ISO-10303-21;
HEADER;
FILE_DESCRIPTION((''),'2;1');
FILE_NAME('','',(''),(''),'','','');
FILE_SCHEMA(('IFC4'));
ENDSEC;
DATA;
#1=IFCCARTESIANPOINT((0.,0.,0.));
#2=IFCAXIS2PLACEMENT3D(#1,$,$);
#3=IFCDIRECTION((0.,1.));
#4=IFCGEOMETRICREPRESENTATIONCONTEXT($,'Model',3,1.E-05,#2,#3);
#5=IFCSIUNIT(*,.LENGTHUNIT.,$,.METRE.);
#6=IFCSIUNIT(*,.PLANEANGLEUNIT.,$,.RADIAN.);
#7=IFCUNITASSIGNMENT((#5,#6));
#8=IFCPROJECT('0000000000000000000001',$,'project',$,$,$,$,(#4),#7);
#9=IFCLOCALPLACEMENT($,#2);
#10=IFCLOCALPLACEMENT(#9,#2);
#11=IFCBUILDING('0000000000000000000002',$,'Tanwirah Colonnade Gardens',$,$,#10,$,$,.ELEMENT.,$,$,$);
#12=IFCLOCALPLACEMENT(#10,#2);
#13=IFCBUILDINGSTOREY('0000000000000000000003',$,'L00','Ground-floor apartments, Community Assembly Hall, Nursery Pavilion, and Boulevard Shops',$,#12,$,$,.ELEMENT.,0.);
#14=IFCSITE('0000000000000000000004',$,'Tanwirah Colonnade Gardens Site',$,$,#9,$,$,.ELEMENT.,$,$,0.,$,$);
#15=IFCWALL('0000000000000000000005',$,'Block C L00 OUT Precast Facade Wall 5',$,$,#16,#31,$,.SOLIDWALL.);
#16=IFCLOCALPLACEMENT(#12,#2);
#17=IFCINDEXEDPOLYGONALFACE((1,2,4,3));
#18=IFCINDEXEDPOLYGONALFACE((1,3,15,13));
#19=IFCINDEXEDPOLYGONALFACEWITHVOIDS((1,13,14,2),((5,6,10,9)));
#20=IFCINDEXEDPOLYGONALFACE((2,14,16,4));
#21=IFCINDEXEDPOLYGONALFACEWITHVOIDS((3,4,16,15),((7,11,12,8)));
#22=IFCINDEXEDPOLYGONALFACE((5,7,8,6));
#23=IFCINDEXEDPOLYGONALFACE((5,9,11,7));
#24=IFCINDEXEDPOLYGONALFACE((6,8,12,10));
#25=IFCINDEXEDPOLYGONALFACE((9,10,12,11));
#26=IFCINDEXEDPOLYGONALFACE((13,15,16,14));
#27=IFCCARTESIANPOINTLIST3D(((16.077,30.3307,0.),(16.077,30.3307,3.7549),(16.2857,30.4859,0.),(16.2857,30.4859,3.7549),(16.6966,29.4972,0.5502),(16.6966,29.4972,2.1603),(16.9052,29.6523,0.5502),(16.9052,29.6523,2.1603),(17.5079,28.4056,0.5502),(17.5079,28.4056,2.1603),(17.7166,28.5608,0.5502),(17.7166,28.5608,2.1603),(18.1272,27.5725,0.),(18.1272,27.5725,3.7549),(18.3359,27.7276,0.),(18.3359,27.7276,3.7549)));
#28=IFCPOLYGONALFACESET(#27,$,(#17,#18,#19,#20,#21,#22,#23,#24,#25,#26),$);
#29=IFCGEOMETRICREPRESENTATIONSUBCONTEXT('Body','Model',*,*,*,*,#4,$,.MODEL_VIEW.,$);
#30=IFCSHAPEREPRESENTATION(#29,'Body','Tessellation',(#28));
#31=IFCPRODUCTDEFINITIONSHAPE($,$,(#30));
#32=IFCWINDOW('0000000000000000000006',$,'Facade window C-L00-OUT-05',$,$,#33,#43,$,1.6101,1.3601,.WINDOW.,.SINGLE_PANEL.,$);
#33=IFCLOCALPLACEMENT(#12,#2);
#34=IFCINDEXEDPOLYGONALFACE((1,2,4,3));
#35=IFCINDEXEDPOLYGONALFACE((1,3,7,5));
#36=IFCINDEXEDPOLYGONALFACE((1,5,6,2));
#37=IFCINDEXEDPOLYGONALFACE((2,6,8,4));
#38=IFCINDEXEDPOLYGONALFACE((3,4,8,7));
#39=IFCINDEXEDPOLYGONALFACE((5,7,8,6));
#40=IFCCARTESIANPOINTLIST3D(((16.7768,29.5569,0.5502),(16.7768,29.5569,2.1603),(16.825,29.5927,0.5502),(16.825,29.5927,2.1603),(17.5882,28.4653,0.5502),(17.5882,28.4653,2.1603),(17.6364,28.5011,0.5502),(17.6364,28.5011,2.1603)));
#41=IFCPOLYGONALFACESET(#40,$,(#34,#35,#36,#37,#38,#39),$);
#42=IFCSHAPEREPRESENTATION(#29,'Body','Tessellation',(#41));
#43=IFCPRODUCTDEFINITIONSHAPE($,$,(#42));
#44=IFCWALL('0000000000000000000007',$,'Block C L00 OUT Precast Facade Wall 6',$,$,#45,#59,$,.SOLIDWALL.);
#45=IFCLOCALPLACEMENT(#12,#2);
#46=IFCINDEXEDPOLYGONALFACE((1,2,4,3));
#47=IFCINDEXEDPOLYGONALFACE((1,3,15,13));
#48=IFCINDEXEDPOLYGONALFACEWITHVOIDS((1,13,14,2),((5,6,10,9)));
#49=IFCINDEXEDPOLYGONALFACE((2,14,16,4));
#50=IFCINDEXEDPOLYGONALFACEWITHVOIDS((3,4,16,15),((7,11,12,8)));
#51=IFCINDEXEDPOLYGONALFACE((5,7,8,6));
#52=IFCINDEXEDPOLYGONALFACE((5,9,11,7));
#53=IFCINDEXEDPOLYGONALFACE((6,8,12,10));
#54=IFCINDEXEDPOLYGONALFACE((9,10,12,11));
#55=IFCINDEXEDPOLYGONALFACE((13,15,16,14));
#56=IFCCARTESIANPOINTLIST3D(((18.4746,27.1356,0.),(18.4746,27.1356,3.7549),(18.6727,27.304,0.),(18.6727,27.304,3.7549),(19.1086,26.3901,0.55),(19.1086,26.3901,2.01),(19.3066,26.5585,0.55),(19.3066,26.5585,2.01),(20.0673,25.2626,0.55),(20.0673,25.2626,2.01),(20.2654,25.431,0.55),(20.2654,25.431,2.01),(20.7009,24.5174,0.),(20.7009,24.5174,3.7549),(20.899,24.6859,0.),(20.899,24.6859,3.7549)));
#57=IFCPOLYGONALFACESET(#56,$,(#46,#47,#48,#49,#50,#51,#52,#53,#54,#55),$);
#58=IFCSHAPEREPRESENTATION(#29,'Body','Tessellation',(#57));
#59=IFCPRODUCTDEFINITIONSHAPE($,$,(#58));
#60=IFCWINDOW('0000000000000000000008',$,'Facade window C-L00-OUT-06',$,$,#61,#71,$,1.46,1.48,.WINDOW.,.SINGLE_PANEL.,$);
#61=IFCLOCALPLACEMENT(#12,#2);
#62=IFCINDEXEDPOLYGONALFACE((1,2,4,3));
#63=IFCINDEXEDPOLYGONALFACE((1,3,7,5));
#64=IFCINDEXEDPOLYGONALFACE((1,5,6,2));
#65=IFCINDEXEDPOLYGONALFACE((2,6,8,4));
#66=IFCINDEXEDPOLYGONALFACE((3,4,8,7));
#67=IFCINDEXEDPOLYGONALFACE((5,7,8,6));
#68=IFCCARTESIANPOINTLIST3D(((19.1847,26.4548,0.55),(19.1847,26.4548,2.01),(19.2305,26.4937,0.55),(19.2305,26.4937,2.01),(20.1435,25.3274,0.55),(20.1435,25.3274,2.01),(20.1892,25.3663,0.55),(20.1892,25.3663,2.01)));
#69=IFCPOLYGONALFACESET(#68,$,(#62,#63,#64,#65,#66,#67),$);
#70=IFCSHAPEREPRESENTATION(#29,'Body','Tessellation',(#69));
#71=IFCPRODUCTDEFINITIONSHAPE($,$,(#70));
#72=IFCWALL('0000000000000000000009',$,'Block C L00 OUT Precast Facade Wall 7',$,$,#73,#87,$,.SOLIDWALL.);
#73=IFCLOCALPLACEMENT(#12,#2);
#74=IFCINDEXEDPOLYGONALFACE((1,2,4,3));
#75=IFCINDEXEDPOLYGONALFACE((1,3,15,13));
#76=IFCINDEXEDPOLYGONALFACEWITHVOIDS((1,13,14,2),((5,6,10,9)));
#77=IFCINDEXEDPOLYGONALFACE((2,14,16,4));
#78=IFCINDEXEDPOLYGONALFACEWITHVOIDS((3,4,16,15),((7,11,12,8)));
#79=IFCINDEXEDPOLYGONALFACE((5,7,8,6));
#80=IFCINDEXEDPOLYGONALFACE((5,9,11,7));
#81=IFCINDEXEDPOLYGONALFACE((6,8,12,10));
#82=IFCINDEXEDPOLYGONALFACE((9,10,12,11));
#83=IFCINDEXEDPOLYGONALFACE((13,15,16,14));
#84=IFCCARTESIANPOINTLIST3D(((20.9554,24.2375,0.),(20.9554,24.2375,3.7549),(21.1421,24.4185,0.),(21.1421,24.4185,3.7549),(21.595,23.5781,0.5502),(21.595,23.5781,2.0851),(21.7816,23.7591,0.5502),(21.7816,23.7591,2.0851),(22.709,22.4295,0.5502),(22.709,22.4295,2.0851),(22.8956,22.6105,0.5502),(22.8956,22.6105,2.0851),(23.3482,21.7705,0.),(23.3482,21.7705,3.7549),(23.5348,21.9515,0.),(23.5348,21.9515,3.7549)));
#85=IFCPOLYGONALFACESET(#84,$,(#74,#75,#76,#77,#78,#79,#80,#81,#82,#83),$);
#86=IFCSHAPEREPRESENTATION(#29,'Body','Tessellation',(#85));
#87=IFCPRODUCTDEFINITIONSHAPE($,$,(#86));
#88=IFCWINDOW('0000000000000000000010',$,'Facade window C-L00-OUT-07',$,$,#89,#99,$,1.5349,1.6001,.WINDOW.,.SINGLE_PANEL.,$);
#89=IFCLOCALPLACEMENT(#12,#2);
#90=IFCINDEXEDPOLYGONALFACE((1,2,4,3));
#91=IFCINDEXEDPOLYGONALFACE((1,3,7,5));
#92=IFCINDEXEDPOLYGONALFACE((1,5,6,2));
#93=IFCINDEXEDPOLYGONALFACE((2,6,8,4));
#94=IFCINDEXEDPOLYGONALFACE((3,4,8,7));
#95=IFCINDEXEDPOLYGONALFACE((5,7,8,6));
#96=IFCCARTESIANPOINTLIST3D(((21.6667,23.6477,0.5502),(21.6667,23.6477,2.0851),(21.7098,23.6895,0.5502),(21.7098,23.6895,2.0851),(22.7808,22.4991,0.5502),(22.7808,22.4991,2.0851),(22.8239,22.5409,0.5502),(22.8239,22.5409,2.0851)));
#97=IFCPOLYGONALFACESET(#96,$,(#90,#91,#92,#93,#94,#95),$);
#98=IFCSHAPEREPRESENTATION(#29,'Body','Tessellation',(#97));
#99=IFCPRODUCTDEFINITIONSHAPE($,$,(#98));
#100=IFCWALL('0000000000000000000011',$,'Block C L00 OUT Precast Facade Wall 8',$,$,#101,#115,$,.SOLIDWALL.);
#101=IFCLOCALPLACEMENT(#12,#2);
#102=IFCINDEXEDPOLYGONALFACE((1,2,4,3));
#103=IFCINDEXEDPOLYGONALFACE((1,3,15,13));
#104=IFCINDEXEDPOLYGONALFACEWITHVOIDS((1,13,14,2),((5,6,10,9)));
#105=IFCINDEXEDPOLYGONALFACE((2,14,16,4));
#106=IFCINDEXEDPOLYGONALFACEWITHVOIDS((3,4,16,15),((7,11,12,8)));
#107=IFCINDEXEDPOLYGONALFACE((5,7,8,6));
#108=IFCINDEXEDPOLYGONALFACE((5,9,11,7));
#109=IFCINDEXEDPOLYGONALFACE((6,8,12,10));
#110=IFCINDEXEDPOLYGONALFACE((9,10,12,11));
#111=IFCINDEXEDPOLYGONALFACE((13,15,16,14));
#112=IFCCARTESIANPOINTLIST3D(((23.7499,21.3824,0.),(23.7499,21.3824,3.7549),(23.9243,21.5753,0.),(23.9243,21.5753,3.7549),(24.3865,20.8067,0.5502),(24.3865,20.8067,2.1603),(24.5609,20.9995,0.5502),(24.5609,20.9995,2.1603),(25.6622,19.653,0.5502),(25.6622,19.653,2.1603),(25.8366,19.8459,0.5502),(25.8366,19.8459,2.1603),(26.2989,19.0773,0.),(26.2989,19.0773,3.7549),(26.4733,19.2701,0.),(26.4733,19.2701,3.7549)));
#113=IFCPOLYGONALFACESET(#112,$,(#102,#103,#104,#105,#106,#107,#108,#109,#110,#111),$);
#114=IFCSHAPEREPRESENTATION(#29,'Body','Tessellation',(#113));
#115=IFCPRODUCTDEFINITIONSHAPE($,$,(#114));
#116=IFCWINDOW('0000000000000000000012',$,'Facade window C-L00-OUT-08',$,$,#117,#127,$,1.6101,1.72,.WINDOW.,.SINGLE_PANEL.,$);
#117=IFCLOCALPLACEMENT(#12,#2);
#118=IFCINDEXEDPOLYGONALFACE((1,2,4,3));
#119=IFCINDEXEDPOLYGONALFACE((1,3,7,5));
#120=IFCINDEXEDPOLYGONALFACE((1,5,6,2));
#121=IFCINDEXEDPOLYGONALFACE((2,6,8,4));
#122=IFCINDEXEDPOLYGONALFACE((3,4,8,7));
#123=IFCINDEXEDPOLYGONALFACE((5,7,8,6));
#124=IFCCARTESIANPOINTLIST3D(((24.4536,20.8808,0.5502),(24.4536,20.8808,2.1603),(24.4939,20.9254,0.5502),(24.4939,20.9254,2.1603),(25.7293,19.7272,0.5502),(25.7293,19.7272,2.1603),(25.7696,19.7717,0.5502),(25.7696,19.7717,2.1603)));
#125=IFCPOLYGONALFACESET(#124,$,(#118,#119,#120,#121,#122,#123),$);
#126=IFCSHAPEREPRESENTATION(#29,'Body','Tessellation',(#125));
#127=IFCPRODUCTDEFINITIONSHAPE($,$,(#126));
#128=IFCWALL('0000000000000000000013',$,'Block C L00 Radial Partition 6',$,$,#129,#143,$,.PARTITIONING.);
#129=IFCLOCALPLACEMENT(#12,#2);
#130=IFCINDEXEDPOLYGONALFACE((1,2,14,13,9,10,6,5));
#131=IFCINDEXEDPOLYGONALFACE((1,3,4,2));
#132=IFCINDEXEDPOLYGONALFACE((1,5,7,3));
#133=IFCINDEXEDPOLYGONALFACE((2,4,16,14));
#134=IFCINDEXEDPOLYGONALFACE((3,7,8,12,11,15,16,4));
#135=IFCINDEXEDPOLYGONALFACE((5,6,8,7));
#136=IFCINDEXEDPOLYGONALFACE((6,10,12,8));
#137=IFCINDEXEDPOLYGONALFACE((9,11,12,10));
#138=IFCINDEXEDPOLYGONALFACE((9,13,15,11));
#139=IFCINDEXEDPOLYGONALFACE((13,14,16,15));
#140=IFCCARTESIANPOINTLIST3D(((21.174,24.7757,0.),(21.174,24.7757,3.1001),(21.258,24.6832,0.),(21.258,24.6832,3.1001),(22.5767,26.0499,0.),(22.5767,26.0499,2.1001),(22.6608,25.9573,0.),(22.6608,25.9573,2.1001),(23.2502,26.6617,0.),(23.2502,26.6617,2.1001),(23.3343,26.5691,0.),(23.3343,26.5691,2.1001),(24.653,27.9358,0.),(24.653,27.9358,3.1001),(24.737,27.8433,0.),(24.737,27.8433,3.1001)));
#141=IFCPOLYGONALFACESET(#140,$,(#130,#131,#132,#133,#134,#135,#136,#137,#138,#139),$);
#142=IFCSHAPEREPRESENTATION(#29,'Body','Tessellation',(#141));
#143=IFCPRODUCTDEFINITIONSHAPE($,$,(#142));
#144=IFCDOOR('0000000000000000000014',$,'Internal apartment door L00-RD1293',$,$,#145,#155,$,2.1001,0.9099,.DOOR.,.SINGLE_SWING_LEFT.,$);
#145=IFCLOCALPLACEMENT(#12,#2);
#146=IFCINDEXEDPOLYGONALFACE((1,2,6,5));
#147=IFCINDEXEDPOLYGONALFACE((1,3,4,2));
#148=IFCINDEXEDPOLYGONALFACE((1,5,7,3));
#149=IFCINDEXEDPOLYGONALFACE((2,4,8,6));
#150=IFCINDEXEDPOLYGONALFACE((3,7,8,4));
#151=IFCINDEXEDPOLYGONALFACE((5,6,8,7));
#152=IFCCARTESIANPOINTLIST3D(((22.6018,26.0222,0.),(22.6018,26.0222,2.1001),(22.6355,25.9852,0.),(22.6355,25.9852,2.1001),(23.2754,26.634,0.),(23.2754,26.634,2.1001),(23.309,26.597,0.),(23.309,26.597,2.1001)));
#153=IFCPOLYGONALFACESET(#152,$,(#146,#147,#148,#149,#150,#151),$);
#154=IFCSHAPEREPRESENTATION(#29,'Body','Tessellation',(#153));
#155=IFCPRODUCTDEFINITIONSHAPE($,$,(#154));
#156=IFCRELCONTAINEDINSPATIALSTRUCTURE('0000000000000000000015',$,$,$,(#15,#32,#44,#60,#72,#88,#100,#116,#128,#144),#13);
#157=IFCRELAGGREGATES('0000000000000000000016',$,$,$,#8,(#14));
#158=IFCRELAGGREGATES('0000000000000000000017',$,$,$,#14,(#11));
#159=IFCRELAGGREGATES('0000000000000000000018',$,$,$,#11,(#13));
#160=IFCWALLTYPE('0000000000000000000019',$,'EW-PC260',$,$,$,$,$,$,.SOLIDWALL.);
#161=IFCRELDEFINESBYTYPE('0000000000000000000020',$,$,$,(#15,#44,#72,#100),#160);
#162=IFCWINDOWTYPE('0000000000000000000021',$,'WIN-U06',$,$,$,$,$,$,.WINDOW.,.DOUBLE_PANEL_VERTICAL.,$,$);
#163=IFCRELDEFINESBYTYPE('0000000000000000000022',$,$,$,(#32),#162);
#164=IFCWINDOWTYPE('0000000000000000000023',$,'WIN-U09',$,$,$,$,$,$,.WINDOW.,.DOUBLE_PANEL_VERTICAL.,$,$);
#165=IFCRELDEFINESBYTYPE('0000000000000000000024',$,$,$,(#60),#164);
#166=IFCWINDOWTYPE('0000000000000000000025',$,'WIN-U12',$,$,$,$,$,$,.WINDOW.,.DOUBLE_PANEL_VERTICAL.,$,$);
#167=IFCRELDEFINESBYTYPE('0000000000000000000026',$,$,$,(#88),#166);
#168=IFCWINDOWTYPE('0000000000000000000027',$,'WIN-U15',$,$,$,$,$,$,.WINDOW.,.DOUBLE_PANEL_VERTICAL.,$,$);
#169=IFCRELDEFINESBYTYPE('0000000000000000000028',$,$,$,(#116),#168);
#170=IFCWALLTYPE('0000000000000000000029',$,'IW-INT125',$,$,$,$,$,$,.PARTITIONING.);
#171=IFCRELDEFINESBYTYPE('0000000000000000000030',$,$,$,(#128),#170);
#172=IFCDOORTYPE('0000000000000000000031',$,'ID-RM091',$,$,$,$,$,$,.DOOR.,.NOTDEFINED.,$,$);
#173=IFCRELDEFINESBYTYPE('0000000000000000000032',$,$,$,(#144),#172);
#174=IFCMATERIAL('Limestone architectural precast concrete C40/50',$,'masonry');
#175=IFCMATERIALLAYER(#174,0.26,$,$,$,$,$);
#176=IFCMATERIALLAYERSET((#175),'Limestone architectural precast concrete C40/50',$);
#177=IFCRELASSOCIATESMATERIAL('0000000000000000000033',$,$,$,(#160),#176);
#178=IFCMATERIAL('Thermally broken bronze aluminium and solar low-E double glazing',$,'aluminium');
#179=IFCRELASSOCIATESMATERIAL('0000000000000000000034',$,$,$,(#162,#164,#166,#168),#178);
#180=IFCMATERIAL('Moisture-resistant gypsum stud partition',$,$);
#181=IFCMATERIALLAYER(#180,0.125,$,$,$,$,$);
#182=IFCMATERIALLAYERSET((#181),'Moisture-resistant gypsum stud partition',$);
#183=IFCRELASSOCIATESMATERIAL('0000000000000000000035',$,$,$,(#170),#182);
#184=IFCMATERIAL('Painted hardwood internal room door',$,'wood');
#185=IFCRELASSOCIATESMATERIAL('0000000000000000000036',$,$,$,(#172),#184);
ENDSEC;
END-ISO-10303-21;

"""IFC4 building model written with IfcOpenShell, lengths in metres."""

from ifc_helpers import new_model, si_unit, direction, frame, frame_2d, origin, place, context, subcontext, project, spatial, rectangle, extrude, material, layer, layer_set, type_object, element, fill, save


model = new_model("IFC4")

# Units and contexts
model_context = context("Model", 3, precision=1e-05, world=origin(), true_north=direction((0.0, 1.0)))
body_context = subcontext(model_context, "Body", "Model", "MODEL_VIEW")
ifc_project = project(units=[si_unit("LENGTHUNIT", "METRE"), si_unit("PLANEANGLEUNIT", "RADIAN")], contexts=[model_context])

# Site, building, storey
site_placement = place(None, origin())
site = spatial("IfcSite", under=ifc_project, at=site_placement, Name="Tanwirah Colonnade Gardens Site", CompositionType="ELEMENT", RefElevation=0.0)
building_placement = place(site_placement, origin())
building = spatial("IfcBuilding", under=site, at=building_placement, Name="Tanwirah Colonnade Gardens", CompositionType="ELEMENT")
storey_placement = place(building_placement, origin())
storey = spatial("IfcBuildingStorey", under=building, at=storey_placement, Name="L00", Description="Ground-floor apartments, Community Assembly Hall, Nursery Pavilion, and Boulevard Shops", CompositionType="ELEMENT", Elevation=0.0)

# Walls, openings, windows
ifc_material_1 = material(Name="Limestone architectural precast concrete C40/50", Category="masonry")
ifc_layer_1 = layer(ifc_material_1, 0.26)
ifc_layer_set_1 = layer_set([ifc_layer_1], Name="Limestone architectural precast concrete C40/50")
wall_type_1 = type_object("IfcWallType", Name="EW-PC260", PredefinedType="SOLIDWALL", material=ifc_layer_set_1)
wall_1_placement = place(storey_placement, frame((16.1814, 30.4082, 0.0), z_axis=(0.0, 0.0, 1.0), x_axis=(0.596562, -0.802567, 0.0)))
wall_1 = element("IfcWall", 1, at=wall_1_placement, inside=storey, type_object=wall_type_1, Name="Block C L00 OUT Precast Facade Wall 5", PredefinedType="SOLIDWALL", context=body_context, shape_type="SweptSolid", body=[
    extrude(rectangle(XDim=3.4368, YDim=0.26, at=frame_2d((1.7183, 0.0))), origin(), (0.0, 0.0, 1.0), 3.7549),
])
opening_1_placement = place(wall_1_placement, frame((1.0383, 0.0, 0.55)))
opening_1 = element("IfcOpeningElement", 2, at=opening_1_placement, cuts=wall_1, PredefinedType="OPENING", context=body_context, shape_type="SweptSolid", body=[
    extrude(rectangle(XDim=1.3601, YDim=1.6101, at=frame_2d((0.6802, 0.8052))), frame((0.0, 0.1399, 0.0), z_axis=(0.0, -1.0, 0.0), x_axis=(1.0, 0.0, 0.0)), (0.0, 0.0, 1.0), 0.28),
])
ifc_material_2 = material(Name="Thermally broken bronze aluminium and solar low-E double glazing", Category="aluminium")
window_type_1 = type_object("IfcWindowType", Name="WIN-U06", PartitioningType="DOUBLE_PANEL_VERTICAL", PredefinedType="WINDOW", material=ifc_material_2)
window_1_placement = place(opening_1_placement, origin())
window_1 = element("IfcWindow", 3, at=window_1_placement, inside=storey, type_object=window_type_1, Name="Facade window C-L00-OUT-05", OverallHeight=1.6101, OverallWidth=1.3601, PartitioningType="SINGLE_PANEL", PredefinedType="WINDOW", context=body_context, shape_type="SweptSolid", body=[
    extrude(rectangle(XDim=1.3601, YDim=1.6101, at=frame_2d((0.6802, 0.8052))), frame((0.0, 0.03, 0.0), z_axis=(0.0, -1.0, 0.0), x_axis=(1.0, 0.0, 0.0)), (0.0, 0.0, 1.0), 0.0601),
])
fill(opening_1, window_1)
wall_2_placement = place(storey_placement, frame((18.5737, 27.2197, 0.0), z_axis=(0.0, 0.0, 1.0), x_axis=(0.647797, -0.761813, 0.0)))
wall_2 = element("IfcWall", 4, at=wall_2_placement, inside=storey, type_object=wall_type_1, Name="Block C L00 OUT Precast Facade Wall 6", PredefinedType="SOLIDWALL", context=body_context, shape_type="SweptSolid", body=[
    extrude(rectangle(XDim=3.4368, YDim=0.26, at=frame_2d((1.7183, 0.0))), origin(), (0.0, 0.0, 1.0), 3.7549),
])
opening_2_placement = place(wall_2_placement, frame((0.9785, 0.0, 0.55)))
opening_2 = element("IfcOpeningElement", 5, at=opening_2_placement, cuts=wall_2, PredefinedType="OPENING", context=body_context, shape_type="SweptSolid", body=[
    extrude(rectangle(XDim=1.48, YDim=1.46, at=frame_2d((0.74, 0.73))), frame((0.0, 0.1399, 0.0), z_axis=(0.0, -1.0, 0.0), x_axis=(1.0, 0.0, 0.0)), (0.0, 0.0, 1.0), 0.28),
])
window_type_2 = type_object("IfcWindowType", Name="WIN-U09", PartitioningType="DOUBLE_PANEL_VERTICAL", PredefinedType="WINDOW", material=ifc_material_2)
window_2_placement = place(opening_2_placement, origin())
window_2 = element("IfcWindow", 6, at=window_2_placement, inside=storey, type_object=window_type_2, Name="Facade window C-L00-OUT-06", OverallHeight=1.46, OverallWidth=1.48, PartitioningType="SINGLE_PANEL", PredefinedType="WINDOW", context=body_context, shape_type="SweptSolid", body=[
    extrude(rectangle(XDim=1.48, YDim=1.46, at=frame_2d((0.74, 0.73))), frame((0.0, 0.03, 0.0), z_axis=(0.0, -1.0, 0.0), x_axis=(1.0, 0.0, 0.0)), (0.0, 0.0, 1.0), 0.0601),
])
fill(opening_2, window_2)
wall_3_placement = place(storey_placement, frame((21.0488, 24.3279, 0.0), z_axis=(0.0, 0.0, 1.0), x_axis=(0.696227, -0.717822, 0.0)))
wall_3 = element("IfcWall", 7, at=wall_3_placement, inside=storey, type_object=wall_type_1, Name="Block C L00 OUT Precast Facade Wall 7", PredefinedType="SOLIDWALL", context=body_context, shape_type="SweptSolid", body=[
    extrude(rectangle(XDim=3.4368, YDim=0.26, at=frame_2d((1.7183, 0.0))), origin(), (0.0, 0.0, 1.0), 3.7549),
])
opening_3_placement = place(wall_3_placement, frame((0.9185, 0.0, 0.55)))
opening_3 = element("IfcOpeningElement", 8, at=opening_3_placement, cuts=wall_3, PredefinedType="OPENING", context=body_context, shape_type="SweptSolid", body=[
    extrude(rectangle(XDim=1.6001, YDim=1.5349, at=frame_2d((0.8, 0.7676))), frame((0.0, 0.1399, 0.0), z_axis=(0.0, -1.0, 0.0), x_axis=(1.0, 0.0, 0.0)), (0.0, 0.0, 1.0), 0.28),
])
window_type_3 = type_object("IfcWindowType", Name="WIN-U12", PartitioningType="DOUBLE_PANEL_VERTICAL", PredefinedType="WINDOW", material=ifc_material_2)
window_3_placement = place(opening_3_placement, origin())
window_3 = element("IfcWindow", 9, at=window_3_placement, inside=storey, type_object=window_type_3, Name="Facade window C-L00-OUT-07", OverallHeight=1.5349, OverallWidth=1.6001, PartitioningType="SINGLE_PANEL", PredefinedType="WINDOW", context=body_context, shape_type="SweptSolid", body=[
    extrude(rectangle(XDim=1.6001, YDim=1.5349, at=frame_2d((0.8, 0.7676))), frame((0.0, 0.03, 0.0), z_axis=(0.0, -1.0, 0.0), x_axis=(1.0, 0.0, 0.0)), (0.0, 0.0, 1.0), 0.0601),
])
fill(opening_3, window_3)
wall_4_placement = place(storey_placement, frame((23.8372, 21.4788, 0.0), z_axis=(0.0, 0.0, 1.0), x_axis=(0.741699, -0.670733, 0.0)))
wall_4 = element("IfcWall", 10, at=wall_4_placement, inside=storey, type_object=wall_type_1, Name="Block C L00 OUT Precast Facade Wall 8", PredefinedType="SOLIDWALL", context=body_context, shape_type="SweptSolid", body=[
    extrude(rectangle(XDim=3.4368, YDim=0.26, at=frame_2d((1.7183, 0.0))), origin(), (0.0, 0.0, 1.0), 3.7549),
])
opening_4_placement = place(wall_4_placement, frame((0.8584, 0.0, 0.55)))
opening_4 = element("IfcOpeningElement", 11, at=opening_4_placement, cuts=wall_4, PredefinedType="OPENING", context=body_context, shape_type="SweptSolid", body=[
    extrude(rectangle(XDim=1.72, YDim=1.6101, at=frame_2d((0.8599, 0.8052))), frame((0.0, 0.1399, 0.0), z_axis=(0.0, -1.0, 0.0), x_axis=(1.0, 0.0, 0.0)), (0.0, 0.0, 1.0), 0.28),
])
window_type_4 = type_object("IfcWindowType", Name="WIN-U15", PartitioningType="DOUBLE_PANEL_VERTICAL", PredefinedType="WINDOW", material=ifc_material_2)
window_4_placement = place(opening_4_placement, origin())
window_4 = element("IfcWindow", 12, at=window_4_placement, inside=storey, type_object=window_type_4, Name="Facade window C-L00-OUT-08", OverallHeight=1.6101, OverallWidth=1.72, PartitioningType="SINGLE_PANEL", PredefinedType="WINDOW", context=body_context, shape_type="SweptSolid", body=[
    extrude(rectangle(XDim=1.72, YDim=1.6101, at=frame_2d((0.8599, 0.8052))), frame((0.0, 0.03, 0.0), z_axis=(0.0, -1.0, 0.0), x_axis=(1.0, 0.0, 0.0)), (0.0, 0.0, 1.0), 0.0601),
])
fill(opening_4, window_4)

# Wall, opening, door
ifc_material_3 = material(Name="Moisture-resistant gypsum stud partition")
ifc_layer_2 = layer(ifc_material_3, 0.125)
ifc_layer_set_2 = layer_set([ifc_layer_2], Name="Moisture-resistant gypsum stud partition")
wall_type_2 = type_object("IfcWallType", Name="IW-INT125", PredefinedType="PARTITIONING", material=ifc_layer_set_2)
wall_5_placement = place(storey_placement, frame((24.6951, 27.8896, 0.0), z_axis=(0.0, 0.0, 1.0), x_axis=(-0.740213, -0.672373, 0.0)))
wall_5 = element("IfcWall", 13, at=wall_5_placement, inside=storey, type_object=wall_type_2, Name="Block C L00 Radial Partition 6", PredefinedType="PARTITIONING", context=body_context, shape_type="SweptSolid", body=[
    extrude(rectangle(XDim=4.7, YDim=0.125, at=frame_2d((2.3501, 0.0))), origin(), (0.0, 0.0, 1.0), 3.1001),
])
opening_5_placement = place(wall_5_placement, frame((1.895, 0.0, 0.0)))
opening_5 = element("IfcOpeningElement", 14, at=opening_5_placement, cuts=wall_5, PredefinedType="OPENING", context=body_context, shape_type="SweptSolid", body=[
    extrude(rectangle(XDim=0.9099, YDim=2.1001, at=frame_2d((0.4551, 1.05))), frame((0.0, 0.0725, 0.0), z_axis=(0.0, -1.0, 0.0), x_axis=(1.0, 0.0, 0.0)), (0.0, 0.0, 1.0), 0.145),
])
ifc_material_4 = material(Name="Painted hardwood internal room door", Category="wood")
door_type_1 = type_object("IfcDoorType", Name="ID-RM091", OperationType="NOTDEFINED", PredefinedType="DOOR", material=ifc_material_4)
door_1_placement = place(opening_5_placement, origin())
door_1 = element("IfcDoor", 15, at=door_1_placement, inside=storey, type_object=door_type_1, Name="Internal apartment door L00-RD1293", OperationType="SINGLE_SWING_LEFT", OverallHeight=2.1001, OverallWidth=0.9099, PredefinedType="DOOR", context=body_context, shape_type="SweptSolid", body=[
    extrude(rectangle(XDim=0.9099, YDim=2.1001, at=frame_2d((0.4551, 1.05))), frame((0.0, 0.0249, 0.0), z_axis=(0.0, -1.0, 0.0), x_axis=(1.0, 0.0, 0.0)), (0.0, 0.0, 1.0), 0.05),
])
fill(opening_5, door_1)

save(model, "model.ifc")
